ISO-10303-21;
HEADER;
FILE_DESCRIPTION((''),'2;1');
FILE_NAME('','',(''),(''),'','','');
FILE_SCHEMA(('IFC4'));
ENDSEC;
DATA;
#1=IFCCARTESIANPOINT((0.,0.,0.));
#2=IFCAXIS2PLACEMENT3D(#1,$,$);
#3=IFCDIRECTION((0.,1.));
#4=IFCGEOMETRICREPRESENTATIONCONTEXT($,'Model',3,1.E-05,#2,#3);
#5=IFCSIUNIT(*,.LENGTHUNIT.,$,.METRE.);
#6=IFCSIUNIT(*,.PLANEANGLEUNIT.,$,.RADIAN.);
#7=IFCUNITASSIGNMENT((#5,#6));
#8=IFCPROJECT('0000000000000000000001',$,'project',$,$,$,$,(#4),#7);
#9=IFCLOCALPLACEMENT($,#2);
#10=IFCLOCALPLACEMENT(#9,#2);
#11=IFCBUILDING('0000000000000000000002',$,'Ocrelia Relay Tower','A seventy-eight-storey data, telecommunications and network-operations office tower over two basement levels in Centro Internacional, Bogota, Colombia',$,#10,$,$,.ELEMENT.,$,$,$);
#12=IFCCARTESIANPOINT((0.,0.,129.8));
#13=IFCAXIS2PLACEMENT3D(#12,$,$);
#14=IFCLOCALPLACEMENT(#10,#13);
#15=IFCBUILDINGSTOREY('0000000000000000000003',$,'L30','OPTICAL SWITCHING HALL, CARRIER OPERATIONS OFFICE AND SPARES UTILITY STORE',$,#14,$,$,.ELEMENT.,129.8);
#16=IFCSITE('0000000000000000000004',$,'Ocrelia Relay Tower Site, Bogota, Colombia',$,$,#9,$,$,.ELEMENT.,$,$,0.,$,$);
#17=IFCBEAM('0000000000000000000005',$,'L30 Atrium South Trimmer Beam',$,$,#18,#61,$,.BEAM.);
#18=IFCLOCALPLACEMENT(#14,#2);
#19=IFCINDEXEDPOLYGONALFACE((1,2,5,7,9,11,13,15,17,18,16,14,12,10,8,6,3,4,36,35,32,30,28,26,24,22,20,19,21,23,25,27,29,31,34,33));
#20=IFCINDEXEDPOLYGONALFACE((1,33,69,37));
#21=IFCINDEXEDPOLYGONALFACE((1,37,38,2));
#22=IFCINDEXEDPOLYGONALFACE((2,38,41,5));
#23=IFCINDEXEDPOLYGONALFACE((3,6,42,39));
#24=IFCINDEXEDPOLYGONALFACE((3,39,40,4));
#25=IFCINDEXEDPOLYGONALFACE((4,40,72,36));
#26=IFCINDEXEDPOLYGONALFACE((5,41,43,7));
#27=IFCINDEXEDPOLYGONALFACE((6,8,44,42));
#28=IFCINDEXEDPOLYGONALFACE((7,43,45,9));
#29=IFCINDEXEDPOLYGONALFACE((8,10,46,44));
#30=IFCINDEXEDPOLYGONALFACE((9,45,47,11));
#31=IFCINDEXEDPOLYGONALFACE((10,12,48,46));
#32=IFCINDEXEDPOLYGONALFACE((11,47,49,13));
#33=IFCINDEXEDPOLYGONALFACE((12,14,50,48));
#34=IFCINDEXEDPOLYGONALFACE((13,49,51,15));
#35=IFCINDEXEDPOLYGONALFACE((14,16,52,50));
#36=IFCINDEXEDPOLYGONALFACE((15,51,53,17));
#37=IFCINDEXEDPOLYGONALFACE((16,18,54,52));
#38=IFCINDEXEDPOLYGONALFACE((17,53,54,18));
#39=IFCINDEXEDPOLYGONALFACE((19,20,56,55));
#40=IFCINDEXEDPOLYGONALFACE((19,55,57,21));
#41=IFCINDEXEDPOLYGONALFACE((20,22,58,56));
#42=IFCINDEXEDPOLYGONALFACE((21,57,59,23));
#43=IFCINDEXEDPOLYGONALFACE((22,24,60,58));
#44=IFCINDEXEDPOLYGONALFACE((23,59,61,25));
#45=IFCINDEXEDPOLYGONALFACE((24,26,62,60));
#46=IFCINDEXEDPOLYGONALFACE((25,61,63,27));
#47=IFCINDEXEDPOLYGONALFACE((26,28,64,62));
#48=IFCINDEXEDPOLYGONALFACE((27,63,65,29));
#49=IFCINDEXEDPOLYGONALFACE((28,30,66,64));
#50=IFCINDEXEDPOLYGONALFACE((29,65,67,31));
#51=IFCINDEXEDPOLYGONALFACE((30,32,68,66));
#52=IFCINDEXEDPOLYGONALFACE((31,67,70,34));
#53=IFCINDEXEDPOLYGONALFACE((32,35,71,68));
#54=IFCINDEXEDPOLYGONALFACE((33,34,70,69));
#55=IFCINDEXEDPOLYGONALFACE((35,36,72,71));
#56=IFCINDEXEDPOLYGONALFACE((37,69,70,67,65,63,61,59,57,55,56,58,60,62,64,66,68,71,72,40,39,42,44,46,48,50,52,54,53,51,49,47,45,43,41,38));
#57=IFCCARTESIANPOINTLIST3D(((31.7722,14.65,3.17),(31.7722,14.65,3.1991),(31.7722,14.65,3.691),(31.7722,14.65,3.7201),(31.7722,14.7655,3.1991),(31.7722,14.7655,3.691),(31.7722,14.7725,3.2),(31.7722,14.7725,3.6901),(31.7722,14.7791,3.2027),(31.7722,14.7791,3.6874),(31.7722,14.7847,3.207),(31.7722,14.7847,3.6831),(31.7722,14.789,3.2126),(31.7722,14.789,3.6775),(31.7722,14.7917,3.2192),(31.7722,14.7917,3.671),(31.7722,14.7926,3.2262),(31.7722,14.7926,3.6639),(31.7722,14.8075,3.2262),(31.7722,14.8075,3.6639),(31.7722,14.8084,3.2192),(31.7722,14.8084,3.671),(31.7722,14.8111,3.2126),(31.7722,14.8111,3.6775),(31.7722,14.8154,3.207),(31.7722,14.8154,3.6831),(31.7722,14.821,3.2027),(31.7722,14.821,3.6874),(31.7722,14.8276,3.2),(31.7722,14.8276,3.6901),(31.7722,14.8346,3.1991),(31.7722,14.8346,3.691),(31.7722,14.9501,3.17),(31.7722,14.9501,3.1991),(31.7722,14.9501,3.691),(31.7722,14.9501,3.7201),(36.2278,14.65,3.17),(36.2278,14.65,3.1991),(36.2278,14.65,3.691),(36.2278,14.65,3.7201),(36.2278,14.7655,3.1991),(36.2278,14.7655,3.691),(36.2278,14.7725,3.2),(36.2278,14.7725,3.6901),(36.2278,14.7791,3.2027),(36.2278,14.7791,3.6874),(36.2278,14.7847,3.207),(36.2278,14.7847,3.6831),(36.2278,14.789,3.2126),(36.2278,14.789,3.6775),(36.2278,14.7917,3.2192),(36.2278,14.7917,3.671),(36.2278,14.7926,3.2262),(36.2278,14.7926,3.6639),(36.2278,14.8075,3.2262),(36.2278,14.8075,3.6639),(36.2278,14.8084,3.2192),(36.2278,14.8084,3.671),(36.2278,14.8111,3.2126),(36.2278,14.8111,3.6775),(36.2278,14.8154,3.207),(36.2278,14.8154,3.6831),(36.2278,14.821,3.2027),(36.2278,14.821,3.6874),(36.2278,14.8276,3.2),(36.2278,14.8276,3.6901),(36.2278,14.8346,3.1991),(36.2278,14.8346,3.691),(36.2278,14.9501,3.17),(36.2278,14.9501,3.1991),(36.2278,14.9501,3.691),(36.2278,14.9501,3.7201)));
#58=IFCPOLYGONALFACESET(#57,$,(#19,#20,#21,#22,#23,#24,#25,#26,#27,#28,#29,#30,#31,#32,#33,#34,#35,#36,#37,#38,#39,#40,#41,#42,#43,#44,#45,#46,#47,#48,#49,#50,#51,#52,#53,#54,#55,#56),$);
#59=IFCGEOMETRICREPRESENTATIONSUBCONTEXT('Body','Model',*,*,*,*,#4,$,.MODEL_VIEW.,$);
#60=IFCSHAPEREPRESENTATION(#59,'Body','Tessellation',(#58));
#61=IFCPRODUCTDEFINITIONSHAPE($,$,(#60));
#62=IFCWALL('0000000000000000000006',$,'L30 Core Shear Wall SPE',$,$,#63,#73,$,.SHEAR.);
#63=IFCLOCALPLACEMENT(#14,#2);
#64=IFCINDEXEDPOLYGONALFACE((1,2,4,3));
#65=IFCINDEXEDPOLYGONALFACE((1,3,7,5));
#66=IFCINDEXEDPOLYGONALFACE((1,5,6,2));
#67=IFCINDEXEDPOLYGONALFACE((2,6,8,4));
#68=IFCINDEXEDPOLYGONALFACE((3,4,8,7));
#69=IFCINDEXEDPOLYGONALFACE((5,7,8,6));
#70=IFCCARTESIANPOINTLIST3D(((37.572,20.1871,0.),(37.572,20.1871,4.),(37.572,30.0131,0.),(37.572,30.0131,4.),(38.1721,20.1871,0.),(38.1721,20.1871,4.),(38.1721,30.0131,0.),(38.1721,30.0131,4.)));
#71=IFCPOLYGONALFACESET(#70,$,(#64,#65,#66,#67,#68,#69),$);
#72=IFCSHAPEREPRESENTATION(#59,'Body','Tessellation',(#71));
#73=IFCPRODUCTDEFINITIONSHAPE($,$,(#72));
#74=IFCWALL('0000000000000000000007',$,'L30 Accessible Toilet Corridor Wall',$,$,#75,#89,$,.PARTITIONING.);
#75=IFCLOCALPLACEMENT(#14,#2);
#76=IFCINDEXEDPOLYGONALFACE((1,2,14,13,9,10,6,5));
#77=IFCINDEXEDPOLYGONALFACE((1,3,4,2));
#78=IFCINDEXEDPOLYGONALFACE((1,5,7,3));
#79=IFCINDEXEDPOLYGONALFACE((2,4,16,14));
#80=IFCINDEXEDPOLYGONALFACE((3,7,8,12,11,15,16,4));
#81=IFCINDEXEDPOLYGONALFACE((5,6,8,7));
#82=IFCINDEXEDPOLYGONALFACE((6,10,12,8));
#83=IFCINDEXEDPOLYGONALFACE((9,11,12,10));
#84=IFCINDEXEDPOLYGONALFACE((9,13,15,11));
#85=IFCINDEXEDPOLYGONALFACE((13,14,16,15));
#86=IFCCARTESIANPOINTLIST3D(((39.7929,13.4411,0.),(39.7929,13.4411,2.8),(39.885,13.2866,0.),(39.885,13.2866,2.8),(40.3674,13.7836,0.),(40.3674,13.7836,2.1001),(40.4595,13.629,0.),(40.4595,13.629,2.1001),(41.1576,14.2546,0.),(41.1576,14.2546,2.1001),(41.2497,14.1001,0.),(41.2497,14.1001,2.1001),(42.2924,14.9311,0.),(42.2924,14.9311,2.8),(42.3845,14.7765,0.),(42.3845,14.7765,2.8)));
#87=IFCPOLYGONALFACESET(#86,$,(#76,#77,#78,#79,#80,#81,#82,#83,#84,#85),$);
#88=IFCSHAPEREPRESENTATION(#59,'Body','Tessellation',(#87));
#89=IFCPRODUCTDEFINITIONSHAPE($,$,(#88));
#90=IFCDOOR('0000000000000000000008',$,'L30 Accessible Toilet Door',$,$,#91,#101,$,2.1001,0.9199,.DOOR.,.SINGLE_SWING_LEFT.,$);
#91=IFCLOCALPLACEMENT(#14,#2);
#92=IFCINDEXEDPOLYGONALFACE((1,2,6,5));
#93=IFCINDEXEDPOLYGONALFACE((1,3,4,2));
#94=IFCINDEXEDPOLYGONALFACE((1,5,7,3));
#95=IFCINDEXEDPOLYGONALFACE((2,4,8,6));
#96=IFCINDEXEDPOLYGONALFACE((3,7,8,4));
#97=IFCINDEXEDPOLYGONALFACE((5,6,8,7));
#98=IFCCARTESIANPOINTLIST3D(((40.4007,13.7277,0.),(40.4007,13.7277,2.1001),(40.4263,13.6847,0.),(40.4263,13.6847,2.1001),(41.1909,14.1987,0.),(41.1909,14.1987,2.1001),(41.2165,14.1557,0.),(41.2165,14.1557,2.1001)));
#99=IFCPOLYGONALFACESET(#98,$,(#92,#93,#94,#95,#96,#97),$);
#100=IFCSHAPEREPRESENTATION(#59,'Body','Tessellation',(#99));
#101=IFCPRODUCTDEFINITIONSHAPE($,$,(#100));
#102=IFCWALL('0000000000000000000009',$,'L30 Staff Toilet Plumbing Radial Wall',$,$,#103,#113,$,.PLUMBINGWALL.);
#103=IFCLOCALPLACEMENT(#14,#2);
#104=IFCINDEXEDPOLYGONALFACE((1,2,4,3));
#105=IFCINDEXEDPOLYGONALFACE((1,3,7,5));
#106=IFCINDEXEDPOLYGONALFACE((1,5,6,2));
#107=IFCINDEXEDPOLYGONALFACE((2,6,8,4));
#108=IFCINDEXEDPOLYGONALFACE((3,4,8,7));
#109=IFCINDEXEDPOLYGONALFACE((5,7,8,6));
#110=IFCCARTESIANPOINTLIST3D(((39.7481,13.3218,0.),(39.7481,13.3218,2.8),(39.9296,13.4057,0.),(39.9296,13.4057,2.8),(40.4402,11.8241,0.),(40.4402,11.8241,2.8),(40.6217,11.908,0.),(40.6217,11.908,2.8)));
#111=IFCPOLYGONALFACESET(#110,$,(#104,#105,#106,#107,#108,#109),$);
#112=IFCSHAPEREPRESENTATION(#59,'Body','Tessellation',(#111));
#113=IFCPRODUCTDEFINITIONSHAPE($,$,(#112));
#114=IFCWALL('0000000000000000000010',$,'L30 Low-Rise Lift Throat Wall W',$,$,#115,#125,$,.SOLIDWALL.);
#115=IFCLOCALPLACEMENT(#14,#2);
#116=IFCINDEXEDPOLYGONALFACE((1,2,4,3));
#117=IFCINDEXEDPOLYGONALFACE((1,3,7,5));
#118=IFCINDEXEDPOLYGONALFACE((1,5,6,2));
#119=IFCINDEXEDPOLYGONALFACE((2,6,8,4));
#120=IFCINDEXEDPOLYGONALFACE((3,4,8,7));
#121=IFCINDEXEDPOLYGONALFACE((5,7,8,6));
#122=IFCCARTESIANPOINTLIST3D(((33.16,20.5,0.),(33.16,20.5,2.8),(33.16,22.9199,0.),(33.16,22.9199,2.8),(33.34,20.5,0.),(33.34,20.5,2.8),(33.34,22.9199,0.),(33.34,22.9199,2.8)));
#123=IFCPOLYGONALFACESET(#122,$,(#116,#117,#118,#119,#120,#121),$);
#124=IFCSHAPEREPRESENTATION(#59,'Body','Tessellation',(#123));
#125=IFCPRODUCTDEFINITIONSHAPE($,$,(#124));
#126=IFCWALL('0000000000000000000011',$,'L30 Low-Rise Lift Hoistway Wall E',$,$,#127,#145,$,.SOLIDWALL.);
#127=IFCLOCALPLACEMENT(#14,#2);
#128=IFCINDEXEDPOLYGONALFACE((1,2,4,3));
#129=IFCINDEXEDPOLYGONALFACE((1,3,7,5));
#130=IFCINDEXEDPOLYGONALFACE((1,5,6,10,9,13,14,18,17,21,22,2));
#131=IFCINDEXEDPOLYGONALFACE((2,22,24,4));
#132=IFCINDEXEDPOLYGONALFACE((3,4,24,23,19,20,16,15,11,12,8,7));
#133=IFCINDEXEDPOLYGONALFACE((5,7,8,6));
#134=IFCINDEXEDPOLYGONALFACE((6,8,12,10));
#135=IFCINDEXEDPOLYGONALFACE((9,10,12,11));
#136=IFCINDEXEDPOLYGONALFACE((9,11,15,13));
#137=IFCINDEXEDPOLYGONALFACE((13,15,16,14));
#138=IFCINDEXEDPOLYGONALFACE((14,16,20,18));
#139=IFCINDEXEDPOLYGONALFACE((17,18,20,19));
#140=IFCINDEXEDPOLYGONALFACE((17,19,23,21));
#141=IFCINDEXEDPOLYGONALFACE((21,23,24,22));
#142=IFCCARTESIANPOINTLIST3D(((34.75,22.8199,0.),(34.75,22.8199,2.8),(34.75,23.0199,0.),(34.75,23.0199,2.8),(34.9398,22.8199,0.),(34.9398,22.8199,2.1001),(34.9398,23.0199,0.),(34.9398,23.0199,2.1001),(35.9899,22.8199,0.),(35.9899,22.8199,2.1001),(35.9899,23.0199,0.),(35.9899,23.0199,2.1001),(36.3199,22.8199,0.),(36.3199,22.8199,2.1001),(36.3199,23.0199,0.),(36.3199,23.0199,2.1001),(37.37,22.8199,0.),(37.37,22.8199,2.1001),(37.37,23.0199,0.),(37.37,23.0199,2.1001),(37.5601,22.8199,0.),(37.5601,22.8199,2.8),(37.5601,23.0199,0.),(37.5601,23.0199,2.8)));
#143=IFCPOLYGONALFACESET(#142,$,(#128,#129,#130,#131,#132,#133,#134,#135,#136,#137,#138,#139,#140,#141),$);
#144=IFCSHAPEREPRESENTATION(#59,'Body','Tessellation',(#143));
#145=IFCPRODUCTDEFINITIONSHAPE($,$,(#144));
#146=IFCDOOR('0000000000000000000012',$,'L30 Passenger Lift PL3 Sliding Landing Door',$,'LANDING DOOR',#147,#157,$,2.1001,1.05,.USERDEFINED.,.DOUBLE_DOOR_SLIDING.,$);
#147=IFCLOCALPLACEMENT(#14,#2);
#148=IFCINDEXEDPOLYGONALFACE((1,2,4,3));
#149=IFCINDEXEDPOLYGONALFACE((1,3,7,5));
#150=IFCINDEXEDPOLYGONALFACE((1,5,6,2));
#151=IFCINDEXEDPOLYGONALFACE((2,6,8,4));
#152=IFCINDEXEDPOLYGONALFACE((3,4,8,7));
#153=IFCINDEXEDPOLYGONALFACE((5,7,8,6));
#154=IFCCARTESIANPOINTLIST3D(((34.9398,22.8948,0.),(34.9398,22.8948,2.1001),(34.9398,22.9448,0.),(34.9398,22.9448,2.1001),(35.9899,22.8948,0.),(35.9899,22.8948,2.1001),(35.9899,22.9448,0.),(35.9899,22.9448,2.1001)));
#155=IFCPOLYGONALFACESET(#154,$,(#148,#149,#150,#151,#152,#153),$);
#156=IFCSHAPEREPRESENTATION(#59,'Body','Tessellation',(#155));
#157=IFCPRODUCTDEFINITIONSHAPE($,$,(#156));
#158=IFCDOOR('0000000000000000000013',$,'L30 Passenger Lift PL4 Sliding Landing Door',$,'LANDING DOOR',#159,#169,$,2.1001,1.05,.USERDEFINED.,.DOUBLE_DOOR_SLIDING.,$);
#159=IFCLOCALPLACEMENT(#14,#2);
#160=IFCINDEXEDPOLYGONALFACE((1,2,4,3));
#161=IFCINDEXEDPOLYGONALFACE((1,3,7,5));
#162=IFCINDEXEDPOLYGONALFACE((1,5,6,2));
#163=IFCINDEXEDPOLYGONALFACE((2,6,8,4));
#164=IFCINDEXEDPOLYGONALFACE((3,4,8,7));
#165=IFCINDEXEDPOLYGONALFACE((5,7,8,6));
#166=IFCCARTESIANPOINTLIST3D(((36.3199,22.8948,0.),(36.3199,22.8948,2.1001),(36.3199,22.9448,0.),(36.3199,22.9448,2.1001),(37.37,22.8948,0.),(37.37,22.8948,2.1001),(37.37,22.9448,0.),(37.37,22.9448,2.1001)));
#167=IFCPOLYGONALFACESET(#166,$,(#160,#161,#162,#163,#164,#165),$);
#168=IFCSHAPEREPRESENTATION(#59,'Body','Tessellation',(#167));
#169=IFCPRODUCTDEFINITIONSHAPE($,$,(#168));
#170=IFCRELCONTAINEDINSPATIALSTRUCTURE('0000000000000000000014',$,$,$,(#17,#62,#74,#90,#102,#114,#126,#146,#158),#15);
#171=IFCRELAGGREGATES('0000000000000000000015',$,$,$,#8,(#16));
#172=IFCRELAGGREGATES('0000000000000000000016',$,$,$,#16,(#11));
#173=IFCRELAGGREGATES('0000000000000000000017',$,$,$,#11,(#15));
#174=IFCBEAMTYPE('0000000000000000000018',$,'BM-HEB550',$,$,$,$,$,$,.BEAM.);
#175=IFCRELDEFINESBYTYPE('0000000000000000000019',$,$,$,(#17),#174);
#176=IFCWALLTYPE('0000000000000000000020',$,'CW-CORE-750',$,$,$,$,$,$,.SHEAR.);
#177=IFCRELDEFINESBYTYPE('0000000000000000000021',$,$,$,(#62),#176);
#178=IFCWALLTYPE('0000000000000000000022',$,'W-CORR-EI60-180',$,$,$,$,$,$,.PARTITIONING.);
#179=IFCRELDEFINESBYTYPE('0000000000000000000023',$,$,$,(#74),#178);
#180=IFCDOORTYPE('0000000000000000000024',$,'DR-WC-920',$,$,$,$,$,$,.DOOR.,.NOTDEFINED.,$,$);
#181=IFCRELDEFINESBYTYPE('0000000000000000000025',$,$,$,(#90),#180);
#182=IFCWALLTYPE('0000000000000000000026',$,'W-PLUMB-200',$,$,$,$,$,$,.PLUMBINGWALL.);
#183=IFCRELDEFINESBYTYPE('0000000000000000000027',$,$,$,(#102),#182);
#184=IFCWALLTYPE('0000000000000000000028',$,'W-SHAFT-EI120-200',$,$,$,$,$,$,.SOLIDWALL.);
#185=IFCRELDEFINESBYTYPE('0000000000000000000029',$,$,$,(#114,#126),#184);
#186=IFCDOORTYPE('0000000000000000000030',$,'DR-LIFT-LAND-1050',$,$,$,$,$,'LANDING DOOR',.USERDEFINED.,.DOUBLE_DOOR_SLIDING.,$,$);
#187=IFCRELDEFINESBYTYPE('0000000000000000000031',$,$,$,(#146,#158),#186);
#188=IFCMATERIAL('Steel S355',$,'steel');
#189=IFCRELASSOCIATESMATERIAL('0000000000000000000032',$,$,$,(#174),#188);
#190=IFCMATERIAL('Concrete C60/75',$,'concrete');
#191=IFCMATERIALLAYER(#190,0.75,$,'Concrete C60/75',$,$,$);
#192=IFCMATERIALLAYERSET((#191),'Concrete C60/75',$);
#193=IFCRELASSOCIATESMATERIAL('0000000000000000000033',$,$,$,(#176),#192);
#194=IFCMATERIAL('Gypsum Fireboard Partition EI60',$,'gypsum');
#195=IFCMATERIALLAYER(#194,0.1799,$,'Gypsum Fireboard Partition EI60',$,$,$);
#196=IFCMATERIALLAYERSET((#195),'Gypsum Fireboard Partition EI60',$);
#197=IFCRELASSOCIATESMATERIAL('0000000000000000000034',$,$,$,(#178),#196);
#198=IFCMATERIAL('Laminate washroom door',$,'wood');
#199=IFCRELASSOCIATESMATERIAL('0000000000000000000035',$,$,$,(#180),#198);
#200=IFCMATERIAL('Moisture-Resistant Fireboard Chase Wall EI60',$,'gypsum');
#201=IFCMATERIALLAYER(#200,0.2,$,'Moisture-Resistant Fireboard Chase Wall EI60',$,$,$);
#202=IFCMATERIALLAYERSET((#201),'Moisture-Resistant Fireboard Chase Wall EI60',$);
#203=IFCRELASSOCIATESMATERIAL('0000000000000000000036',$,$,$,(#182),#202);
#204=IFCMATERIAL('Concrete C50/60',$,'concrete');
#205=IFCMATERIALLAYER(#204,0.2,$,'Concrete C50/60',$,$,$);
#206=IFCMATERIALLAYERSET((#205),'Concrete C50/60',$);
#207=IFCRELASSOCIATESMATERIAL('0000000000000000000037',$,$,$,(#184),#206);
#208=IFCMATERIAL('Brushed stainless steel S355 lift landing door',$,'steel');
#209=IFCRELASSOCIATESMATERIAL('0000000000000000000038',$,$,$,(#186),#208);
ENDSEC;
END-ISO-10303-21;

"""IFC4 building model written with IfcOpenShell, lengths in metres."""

from ifc_helpers import new_model, si_unit, direction, frame, frame_2d, origin, origin_2d, place, context, subcontext, project, spatial, rectangle, i_section, extrude, material, layer, layer_set, material_profile, profile_set, type_object, element, fill, save


model = new_model("IFC4")

# Units and contexts
model_context = context("Model", 3, precision=1e-05, world=origin(), true_north=direction((0.0, 1.0)))
body_context = subcontext(model_context, "Body", "Model", "MODEL_VIEW")
ifc_project = project(units=[si_unit("LENGTHUNIT", "METRE"), si_unit("PLANEANGLEUNIT", "RADIAN")], contexts=[model_context])

# Site, building, storey
site_placement = place(None, origin())
site = spatial("IfcSite", under=ifc_project, at=site_placement, Name="Ocrelia Relay Tower Site, Bogota, Colombia", CompositionType="ELEMENT", RefElevation=0.0)
building_placement = place(site_placement, origin())
building = spatial("IfcBuilding", under=site, at=building_placement, Name="Ocrelia Relay Tower", Description="A seventy-eight-storey data, telecommunications and network-operations office tower over two basement levels in Centro Internacional, Bogota, Colombia", CompositionType="ELEMENT")
storey_placement = place(building_placement, frame((0.0, 0.0, 129.8)))
storey = spatial("IfcBuildingStorey", under=building, at=storey_placement, Name="L30", Description="OPTICAL SWITCHING HALL, CARRIER OPERATIONS OFFICE AND SPARES UTILITY STORE", CompositionType="ELEMENT", Elevation=129.8)

# Beam
ifc_material_1 = material(Name="Steel S355", Category="steel")
ifc_material_profile = material_profile(ifc_material_1, i_section(OverallWidth=0.3, OverallDepth=0.55, WebThickness=0.0149, FlangeThickness=0.0291, FilletRadius=0.0271, at=origin_2d()), Name="HEB 550")
ifc_profile_set = profile_set([ifc_material_profile], Name="Steel S355")
beam_type = type_object("IfcBeamType", Name="BM-HEB550", PredefinedType="BEAM", material=ifc_profile_set)
beam_placement = place(storey_placement, frame((31.7722, 14.8, 3.4451), z_axis=(1.0, 0.0, 0.0), x_axis=(0.0, 1.0, 0.0)))
element("IfcBeam", 1, at=beam_placement, inside=storey, type_object=beam_type, Name="L30 Atrium South Trimmer Beam", PredefinedType="BEAM", context=body_context, shape_type="SweptSolid", body=[
    extrude(i_section(OverallWidth=0.3, OverallDepth=0.55, WebThickness=0.0149, FlangeThickness=0.0291, FilletRadius=0.0271, at=origin_2d()), origin(), (0.0, 0.0, 1.0), 4.4556),
])

# Wall
ifc_material_2 = material(Name="Concrete C60/75", Category="concrete")
ifc_layer_1 = layer(ifc_material_2, 0.75, Name="Concrete C60/75")
ifc_layer_set_1 = layer_set([ifc_layer_1], Name="Concrete C60/75")
wall_type_1 = type_object("IfcWallType", Name="CW-CORE-750", PredefinedType="SHEAR", material=ifc_layer_set_1)
wall_1_placement = place(storey_placement, frame((37.8721, 20.187, 0.0), z_axis=(0.0, 0.0, 1.0), x_axis=(0.0, 1.0, 0.0)))
element("IfcWall", 2, at=wall_1_placement, inside=storey, type_object=wall_type_1, Name="L30 Core Shear Wall SPE", PredefinedType="SHEAR", context=body_context, shape_type="SweptSolid", body=[
    extrude(rectangle(XDim=9.8259, YDim=0.6001, at=frame_2d((4.9131, 0.0))), origin(), (0.0, 0.0, 1.0), 4.0),
])

# Wall, opening, door
ifc_material_3 = material(Name="Gypsum Fireboard Partition EI60", Category="gypsum")
ifc_layer_2 = layer(ifc_material_3, 0.1799, Name="Gypsum Fireboard Partition EI60")
ifc_layer_set_2 = layer_set([ifc_layer_2], Name="Gypsum Fireboard Partition EI60")
wall_type_2 = type_object("IfcWallType", Name="W-CORR-EI60-180", PredefinedType="PARTITIONING", material=ifc_layer_set_2)
wall_2_placement = place(storey_placement, frame((39.8389, 13.3638, 0.0), z_axis=(0.0, 0.0, 1.0), x_axis=(0.858963, 0.512038, 0.0)))
wall_2 = element("IfcWall", 3, at=wall_2_placement, inside=storey, type_object=wall_type_2, Name="L30 Accessible Toilet Corridor Wall", PredefinedType="PARTITIONING", context=body_context, shape_type="SweptSolid", body=[
    extrude(rectangle(XDim=2.9099, YDim=0.1799, at=frame_2d((1.4551, 0.0))), origin(), (0.0, 0.0, 1.0), 2.8),
])
opening_1_placement = place(wall_2_placement, frame((0.6689, 0.0, 0.0)))
opening_1 = element("IfcOpeningElement", 4, at=opening_1_placement, cuts=wall_2, PredefinedType="OPENING", context=body_context, shape_type="SweptSolid", body=[
    extrude(rectangle(XDim=0.9199, YDim=2.1001, at=frame_2d((0.46, 1.05))), frame((0.0, 0.1001, 0.0), z_axis=(0.0, -1.0, 0.0), x_axis=(1.0, 0.0, 0.0)), (0.0, 0.0, 1.0), 0.2),
])
ifc_material_4 = material(Name="Laminate washroom door", Category="wood")
door_type_1 = type_object("IfcDoorType", Name="DR-WC-920", OperationType="NOTDEFINED", PredefinedType="DOOR", material=ifc_material_4)
door_1_placement = place(opening_1_placement, origin())
door_1 = element("IfcDoor", 5, at=door_1_placement, inside=storey, type_object=door_type_1, Name="L30 Accessible Toilet Door", OperationType="SINGLE_SWING_LEFT", OverallHeight=2.1001, OverallWidth=0.9199, PredefinedType="DOOR", context=body_context, shape_type="SweptSolid", body=[
    extrude(rectangle(XDim=0.9199, YDim=2.1001, at=frame_2d((0.46, 1.05))), frame((0.0, 0.0249, 0.0), z_axis=(0.0, -1.0, 0.0), x_axis=(1.0, 0.0, 0.0)), (0.0, 0.0, 1.0), 0.05),
])
fill(opening_1, door_1)

# Walls
ifc_material_5 = material(Name="Moisture-Resistant Fireboard Chase Wall EI60", Category="gypsum")
ifc_layer_3 = layer(ifc_material_5, 0.2, Name="Moisture-Resistant Fireboard Chase Wall EI60")
ifc_layer_set_3 = layer_set([ifc_layer_3], Name="Moisture-Resistant Fireboard Chase Wall EI60")
wall_type_3 = type_object("IfcWallType", Name="W-PLUMB-200", PredefinedType="PLUMBINGWALL", material=ifc_layer_set_3)
wall_3_placement = place(storey_placement, frame((39.8389, 13.3638, 0.0), z_axis=(0.0, 0.0, 1.0), x_axis=(0.41948, -0.907764, 0.0)))
element("IfcWall", 6, at=wall_3_placement, inside=storey, type_object=wall_type_3, Name="L30 Staff Toilet Plumbing Radial Wall", PredefinedType="PLUMBINGWALL", context=body_context, shape_type="SweptSolid", body=[
    extrude(rectangle(XDim=1.6499, YDim=0.2, at=frame_2d((0.825, 0.0))), origin(), (0.0, 0.0, 1.0), 2.8),
])
ifc_material_6 = material(Name="Concrete C50/60", Category="concrete")
ifc_layer_4 = layer(ifc_material_6, 0.2, Name="Concrete C50/60")
ifc_layer_set_4 = layer_set([ifc_layer_4], Name="Concrete C50/60")
wall_type_4 = type_object("IfcWallType", Name="W-SHAFT-EI120-200", PredefinedType="SOLIDWALL", material=ifc_layer_set_4)
wall_4_placement = place(storey_placement, frame((33.25, 20.5, 0.0), z_axis=(0.0, 0.0, 1.0), x_axis=(0.0, 1.0, 0.0)))
element("IfcWall", 7, at=wall_4_placement, inside=storey, type_object=wall_type_4, Name="L30 Low-Rise Lift Throat Wall W", PredefinedType="SOLIDWALL", context=body_context, shape_type="SweptSolid", body=[
    extrude(rectangle(XDim=2.4199, YDim=0.1799, at=frame_2d((1.21, 0.0))), origin(), (0.0, 0.0, 1.0), 2.8),
])

# Wall, openings, doors
wall_5_placement = place(storey_placement, frame((34.75, 22.9199, 0.0), z_axis=(0.0, 0.0, 1.0), x_axis=(1.0, 0.0, 0.0)))
wall_5 = element("IfcWall", 8, at=wall_5_placement, inside=storey, type_object=wall_type_4, Name="L30 Low-Rise Lift Hoistway Wall E", PredefinedType="SOLIDWALL", context=body_context, shape_type="SweptSolid", body=[
    extrude(rectangle(XDim=2.8101, YDim=0.2, at=frame_2d((1.405, 0.0))), origin(), (0.0, 0.0, 1.0), 2.8),
])
opening_2_placement = place(wall_5_placement, frame((0.1899, 0.0, 0.0)))
opening_2 = element("IfcOpeningElement", 9, at=opening_2_placement, cuts=wall_5, PredefinedType="OPENING", context=body_context, shape_type="SweptSolid", body=[
    extrude(rectangle(XDim=1.05, YDim=2.1001, at=frame_2d((0.5249, 1.05))), frame((0.0, 0.1099, 0.0), z_axis=(0.0, -1.0, 0.0), x_axis=(1.0, 0.0, 0.0)), (0.0, 0.0, 1.0), 0.22),
])
opening_3_placement = place(wall_5_placement, frame((1.5701, 0.0, 0.0)))
opening_3 = element("IfcOpeningElement", 10, at=opening_3_placement, cuts=wall_5, PredefinedType="OPENING", context=body_context, shape_type="SweptSolid", body=[
    extrude(rectangle(XDim=1.05, YDim=2.1001, at=frame_2d((0.5249, 1.05))), frame((0.0, 0.1099, 0.0), z_axis=(0.0, -1.0, 0.0), x_axis=(1.0, 0.0, 0.0)), (0.0, 0.0, 1.0), 0.22),
])
ifc_material_7 = material(Name="Brushed stainless steel S355 lift landing door", Category="steel")
door_type_2 = type_object("IfcDoorType", Name="DR-LIFT-LAND-1050", ElementType="LANDING DOOR", OperationType="DOUBLE_DOOR_SLIDING", PredefinedType="USERDEFINED", material=ifc_material_7)
door_2_placement = place(opening_2_placement, origin())
door_2 = element("IfcDoor", 11, at=door_2_placement, inside=storey, type_object=door_type_2, Name="L30 Passenger Lift PL3 Sliding Landing Door", ObjectType="LANDING DOOR", OperationType="DOUBLE_DOOR_SLIDING", OverallHeight=2.1001, OverallWidth=1.05, PredefinedType="USERDEFINED", context=body_context, shape_type="SweptSolid", body=[
    extrude(rectangle(XDim=1.05, YDim=2.1001, at=frame_2d((0.5249, 1.05))), frame((0.0, 0.0249, 0.0), z_axis=(0.0, -1.0, 0.0), x_axis=(1.0, 0.0, 0.0)), (0.0, 0.0, 1.0), 0.05),
])
fill(opening_2, door_2)
door_3_placement = place(opening_3_placement, origin())
door_3 = element("IfcDoor", 12, at=door_3_placement, inside=storey, type_object=door_type_2, Name="L30 Passenger Lift PL4 Sliding Landing Door", ObjectType="LANDING DOOR", OperationType="DOUBLE_DOOR_SLIDING", OverallHeight=2.1001, OverallWidth=1.05, PredefinedType="USERDEFINED", context=body_context, shape_type="SweptSolid", body=[
    extrude(rectangle(XDim=1.05, YDim=2.1001, at=frame_2d((0.5249, 1.05))), frame((0.0, 0.0249, 0.0), z_axis=(0.0, -1.0, 0.0), x_axis=(1.0, 0.0, 0.0)), (0.0, 0.0, 1.0), 0.05),
])
fill(opening_3, door_3)

save(model, "model.ifc")
